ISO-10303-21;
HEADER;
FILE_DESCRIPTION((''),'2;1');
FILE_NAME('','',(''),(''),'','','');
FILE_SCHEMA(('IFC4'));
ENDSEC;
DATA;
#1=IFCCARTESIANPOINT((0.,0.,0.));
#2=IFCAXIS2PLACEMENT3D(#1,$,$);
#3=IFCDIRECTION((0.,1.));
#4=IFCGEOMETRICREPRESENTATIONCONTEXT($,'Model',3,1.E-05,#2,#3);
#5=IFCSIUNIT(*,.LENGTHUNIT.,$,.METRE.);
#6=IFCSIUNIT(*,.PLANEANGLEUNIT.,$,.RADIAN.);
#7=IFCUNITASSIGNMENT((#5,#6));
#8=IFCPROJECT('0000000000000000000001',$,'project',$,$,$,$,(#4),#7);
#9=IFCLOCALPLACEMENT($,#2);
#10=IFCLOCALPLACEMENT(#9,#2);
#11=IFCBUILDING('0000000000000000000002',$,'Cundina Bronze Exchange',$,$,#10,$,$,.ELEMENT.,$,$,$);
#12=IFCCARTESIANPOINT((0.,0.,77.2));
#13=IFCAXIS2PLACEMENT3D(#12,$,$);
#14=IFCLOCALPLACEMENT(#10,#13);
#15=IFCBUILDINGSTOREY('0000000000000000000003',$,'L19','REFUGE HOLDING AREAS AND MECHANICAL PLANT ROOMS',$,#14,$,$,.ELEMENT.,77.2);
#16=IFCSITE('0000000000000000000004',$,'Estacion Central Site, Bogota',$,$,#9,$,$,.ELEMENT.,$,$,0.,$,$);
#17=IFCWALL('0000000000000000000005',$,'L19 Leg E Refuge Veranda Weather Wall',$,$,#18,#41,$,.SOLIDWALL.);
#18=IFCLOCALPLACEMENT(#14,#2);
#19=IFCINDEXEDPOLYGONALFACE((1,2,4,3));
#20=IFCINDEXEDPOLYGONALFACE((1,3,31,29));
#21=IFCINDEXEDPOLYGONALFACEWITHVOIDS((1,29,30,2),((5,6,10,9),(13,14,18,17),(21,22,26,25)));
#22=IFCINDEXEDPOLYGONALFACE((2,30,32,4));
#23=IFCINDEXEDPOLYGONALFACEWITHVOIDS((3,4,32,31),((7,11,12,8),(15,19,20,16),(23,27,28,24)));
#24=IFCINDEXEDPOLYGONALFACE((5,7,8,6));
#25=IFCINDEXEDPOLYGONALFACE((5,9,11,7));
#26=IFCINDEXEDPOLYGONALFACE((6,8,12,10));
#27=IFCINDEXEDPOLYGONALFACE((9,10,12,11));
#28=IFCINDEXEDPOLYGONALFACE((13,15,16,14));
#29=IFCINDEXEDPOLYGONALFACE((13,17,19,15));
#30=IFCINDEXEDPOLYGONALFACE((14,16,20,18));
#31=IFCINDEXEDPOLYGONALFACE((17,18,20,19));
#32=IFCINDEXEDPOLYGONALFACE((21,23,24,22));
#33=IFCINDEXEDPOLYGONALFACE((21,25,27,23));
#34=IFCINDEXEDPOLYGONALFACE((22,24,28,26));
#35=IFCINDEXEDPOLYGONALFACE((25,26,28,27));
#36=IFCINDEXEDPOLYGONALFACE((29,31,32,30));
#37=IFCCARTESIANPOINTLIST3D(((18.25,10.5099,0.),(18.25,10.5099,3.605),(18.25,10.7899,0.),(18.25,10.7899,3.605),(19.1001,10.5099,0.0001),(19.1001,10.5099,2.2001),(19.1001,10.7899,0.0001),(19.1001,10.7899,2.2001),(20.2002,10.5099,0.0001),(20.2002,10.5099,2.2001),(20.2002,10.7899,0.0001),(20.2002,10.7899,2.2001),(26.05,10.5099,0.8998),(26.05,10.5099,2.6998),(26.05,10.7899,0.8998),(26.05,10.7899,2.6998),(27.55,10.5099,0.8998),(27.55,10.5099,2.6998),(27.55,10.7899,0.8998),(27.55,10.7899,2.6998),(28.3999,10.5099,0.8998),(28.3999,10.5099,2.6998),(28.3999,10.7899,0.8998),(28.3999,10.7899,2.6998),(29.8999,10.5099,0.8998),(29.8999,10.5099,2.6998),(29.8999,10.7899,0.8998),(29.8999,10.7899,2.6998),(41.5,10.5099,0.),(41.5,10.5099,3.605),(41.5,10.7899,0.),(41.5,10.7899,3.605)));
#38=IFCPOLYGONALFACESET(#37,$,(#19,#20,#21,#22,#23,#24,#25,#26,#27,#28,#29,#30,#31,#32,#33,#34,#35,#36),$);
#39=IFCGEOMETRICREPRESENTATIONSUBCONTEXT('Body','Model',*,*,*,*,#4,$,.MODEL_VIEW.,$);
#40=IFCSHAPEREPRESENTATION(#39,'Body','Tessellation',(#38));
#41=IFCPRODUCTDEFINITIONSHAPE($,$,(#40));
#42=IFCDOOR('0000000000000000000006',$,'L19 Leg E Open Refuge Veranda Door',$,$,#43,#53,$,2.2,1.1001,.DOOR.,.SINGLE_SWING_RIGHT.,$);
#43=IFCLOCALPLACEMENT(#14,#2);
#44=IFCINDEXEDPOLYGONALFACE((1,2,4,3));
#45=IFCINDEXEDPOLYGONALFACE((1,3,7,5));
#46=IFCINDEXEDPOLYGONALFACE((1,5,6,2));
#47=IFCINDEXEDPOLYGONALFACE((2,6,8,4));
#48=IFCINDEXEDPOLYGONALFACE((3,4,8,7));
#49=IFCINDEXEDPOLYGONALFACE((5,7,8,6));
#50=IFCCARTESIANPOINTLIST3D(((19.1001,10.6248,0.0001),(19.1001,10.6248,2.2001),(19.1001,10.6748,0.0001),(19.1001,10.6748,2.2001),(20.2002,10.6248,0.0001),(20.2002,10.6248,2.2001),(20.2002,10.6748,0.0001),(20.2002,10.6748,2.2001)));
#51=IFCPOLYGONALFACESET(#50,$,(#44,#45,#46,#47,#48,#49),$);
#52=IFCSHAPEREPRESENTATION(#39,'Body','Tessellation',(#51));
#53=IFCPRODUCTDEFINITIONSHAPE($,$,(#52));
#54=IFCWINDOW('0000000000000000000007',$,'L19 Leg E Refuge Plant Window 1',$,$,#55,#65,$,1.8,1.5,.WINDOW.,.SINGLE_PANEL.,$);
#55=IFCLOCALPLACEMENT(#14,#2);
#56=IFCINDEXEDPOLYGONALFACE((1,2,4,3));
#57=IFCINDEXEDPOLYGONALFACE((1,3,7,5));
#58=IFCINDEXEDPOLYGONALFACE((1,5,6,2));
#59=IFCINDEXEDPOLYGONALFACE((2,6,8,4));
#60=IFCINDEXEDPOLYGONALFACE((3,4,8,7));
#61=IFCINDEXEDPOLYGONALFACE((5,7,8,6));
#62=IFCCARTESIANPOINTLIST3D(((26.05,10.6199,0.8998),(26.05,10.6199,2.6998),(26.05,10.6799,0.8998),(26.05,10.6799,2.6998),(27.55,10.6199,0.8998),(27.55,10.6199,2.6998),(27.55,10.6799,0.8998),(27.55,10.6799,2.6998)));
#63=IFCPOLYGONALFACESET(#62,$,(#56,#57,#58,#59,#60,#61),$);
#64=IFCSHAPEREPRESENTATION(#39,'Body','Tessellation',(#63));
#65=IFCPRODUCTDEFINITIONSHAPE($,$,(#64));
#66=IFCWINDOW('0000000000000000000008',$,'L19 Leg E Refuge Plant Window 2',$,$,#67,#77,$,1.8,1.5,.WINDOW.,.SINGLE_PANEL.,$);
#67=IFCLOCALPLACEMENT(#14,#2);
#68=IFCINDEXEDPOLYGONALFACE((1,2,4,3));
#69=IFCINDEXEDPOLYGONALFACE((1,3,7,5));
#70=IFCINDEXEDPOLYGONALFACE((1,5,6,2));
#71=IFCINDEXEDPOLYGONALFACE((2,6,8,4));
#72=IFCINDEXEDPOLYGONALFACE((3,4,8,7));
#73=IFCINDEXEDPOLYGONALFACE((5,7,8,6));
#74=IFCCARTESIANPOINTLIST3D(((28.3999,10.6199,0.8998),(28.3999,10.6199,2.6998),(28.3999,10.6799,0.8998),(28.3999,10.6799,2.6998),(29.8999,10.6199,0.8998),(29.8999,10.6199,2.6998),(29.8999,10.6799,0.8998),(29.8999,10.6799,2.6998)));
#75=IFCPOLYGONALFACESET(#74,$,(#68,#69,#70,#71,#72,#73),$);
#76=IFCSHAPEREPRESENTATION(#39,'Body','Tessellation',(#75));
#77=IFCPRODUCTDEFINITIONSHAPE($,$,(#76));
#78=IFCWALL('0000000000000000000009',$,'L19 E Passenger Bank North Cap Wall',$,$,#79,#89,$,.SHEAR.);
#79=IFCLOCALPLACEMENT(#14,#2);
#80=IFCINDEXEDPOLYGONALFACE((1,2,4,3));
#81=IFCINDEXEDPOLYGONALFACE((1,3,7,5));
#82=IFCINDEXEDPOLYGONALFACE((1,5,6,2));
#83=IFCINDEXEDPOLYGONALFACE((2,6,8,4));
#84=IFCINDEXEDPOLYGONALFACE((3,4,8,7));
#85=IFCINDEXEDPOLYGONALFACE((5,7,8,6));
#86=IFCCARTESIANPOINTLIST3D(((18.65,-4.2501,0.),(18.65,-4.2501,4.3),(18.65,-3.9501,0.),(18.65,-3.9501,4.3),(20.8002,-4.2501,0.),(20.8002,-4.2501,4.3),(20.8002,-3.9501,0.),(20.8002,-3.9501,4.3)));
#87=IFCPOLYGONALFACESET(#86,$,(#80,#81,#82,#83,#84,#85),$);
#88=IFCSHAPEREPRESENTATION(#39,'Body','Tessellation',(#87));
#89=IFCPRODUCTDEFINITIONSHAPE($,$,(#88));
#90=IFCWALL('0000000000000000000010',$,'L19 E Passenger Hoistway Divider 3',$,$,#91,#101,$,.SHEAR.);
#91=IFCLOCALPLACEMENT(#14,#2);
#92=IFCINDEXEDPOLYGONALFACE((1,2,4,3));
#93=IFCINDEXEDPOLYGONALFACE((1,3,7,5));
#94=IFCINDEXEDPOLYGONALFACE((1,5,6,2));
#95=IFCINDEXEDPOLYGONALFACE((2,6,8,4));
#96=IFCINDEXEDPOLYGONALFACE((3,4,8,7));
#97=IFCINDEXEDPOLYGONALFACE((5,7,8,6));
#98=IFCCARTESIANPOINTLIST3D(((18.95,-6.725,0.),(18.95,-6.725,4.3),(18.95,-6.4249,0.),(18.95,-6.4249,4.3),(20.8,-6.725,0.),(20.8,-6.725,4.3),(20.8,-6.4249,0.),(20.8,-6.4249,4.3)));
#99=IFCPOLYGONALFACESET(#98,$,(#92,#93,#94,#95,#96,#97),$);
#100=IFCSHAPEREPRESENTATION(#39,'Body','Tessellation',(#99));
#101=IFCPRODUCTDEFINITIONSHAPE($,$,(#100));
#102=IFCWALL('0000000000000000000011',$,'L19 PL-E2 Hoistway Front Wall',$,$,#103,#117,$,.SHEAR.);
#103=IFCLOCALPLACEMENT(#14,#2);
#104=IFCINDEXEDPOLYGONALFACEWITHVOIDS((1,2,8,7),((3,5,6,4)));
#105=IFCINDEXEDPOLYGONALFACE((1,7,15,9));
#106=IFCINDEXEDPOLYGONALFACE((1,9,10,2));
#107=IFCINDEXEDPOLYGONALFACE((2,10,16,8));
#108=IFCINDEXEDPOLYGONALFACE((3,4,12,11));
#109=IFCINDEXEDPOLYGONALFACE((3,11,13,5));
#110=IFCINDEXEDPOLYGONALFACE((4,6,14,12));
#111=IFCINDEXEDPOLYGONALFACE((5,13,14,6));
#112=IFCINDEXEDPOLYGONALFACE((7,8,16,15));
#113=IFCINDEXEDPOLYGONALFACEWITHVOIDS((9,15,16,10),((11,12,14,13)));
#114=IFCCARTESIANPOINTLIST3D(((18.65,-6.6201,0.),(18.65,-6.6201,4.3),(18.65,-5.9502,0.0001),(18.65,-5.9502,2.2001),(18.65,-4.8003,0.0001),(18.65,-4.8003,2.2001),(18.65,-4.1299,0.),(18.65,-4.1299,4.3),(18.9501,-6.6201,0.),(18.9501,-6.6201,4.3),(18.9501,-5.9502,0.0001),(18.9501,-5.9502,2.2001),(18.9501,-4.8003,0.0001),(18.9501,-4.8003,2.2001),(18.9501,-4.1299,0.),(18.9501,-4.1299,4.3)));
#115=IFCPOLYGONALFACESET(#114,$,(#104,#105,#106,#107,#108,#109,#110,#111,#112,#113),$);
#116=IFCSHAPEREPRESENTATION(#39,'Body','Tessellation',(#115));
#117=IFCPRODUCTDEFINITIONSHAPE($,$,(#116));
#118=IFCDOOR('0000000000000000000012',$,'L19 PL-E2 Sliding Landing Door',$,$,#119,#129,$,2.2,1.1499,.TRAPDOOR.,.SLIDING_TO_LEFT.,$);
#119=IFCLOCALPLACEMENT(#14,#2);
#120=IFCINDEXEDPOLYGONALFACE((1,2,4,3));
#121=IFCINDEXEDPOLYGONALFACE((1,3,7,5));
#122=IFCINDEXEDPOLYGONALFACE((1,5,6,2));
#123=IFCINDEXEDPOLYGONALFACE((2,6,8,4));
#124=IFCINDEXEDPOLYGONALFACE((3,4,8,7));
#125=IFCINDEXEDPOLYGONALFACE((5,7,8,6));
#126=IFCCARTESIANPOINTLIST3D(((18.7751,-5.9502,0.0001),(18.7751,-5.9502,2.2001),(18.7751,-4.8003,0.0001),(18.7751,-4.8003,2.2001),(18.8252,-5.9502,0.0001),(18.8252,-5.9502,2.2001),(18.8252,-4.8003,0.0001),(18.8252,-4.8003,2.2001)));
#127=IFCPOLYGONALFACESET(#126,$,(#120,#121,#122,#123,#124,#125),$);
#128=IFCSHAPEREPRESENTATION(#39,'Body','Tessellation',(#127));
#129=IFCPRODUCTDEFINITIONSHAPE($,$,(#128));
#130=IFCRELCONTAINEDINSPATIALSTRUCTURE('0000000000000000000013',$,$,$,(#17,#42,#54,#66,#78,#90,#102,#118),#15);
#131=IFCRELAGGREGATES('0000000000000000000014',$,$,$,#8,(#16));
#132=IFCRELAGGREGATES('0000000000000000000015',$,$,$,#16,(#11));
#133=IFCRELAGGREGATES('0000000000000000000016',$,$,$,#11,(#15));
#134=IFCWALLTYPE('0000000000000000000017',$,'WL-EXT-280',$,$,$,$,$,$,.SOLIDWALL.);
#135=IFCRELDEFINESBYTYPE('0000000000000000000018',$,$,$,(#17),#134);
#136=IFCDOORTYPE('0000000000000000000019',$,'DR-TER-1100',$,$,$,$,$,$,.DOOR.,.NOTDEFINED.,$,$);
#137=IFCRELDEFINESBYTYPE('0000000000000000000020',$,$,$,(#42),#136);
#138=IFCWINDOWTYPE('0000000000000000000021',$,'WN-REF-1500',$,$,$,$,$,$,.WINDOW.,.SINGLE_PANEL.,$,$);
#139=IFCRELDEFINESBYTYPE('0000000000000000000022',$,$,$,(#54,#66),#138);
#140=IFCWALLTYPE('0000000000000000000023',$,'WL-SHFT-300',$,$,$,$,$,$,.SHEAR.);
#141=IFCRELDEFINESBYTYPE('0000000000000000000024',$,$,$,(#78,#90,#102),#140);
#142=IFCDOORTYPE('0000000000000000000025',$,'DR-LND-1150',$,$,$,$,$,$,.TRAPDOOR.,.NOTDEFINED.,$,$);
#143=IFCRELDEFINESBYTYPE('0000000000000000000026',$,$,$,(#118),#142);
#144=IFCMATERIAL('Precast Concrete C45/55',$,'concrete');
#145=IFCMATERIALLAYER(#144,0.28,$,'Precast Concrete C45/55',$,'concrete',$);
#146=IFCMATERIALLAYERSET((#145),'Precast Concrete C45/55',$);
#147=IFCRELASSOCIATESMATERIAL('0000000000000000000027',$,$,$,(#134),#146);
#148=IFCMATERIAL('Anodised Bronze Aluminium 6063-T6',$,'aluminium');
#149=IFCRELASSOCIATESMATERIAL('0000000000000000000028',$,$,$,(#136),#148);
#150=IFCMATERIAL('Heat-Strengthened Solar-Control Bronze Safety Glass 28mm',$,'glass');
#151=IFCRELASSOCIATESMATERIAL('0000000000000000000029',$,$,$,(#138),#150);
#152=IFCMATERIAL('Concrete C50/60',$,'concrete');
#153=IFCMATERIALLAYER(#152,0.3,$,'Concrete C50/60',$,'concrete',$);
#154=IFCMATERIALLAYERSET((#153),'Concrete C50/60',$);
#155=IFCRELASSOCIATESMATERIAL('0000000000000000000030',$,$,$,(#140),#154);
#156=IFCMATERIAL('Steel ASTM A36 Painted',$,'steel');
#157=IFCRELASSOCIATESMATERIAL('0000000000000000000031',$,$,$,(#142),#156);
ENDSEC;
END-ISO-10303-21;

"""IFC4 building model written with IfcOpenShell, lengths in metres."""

from ifc_helpers import new_model, si_unit, direction, frame, frame_2d, origin, place, context, subcontext, project, spatial, rectangle, extrude, material, layer, layer_set, type_object, element, fill, save


model = new_model("IFC4")

# Units and contexts
model_context = context("Model", 3, precision=1e-05, world=origin(), true_north=direction((0.0, 1.0)))
body_context = subcontext(model_context, "Body", "Model", "MODEL_VIEW")
ifc_project = project(units=[si_unit("LENGTHUNIT", "METRE"), si_unit("PLANEANGLEUNIT", "RADIAN")], contexts=[model_context])

# Site, building, storey
site_placement = place(None, origin())
site = spatial("IfcSite", under=ifc_project, at=site_placement, Name="Estacion Central Site, Bogota", CompositionType="ELEMENT", RefElevation=0.0)
building_placement = place(site_placement, origin())
building = spatial("IfcBuilding", under=site, at=building_placement, Name="Cundina Bronze Exchange", CompositionType="ELEMENT")
storey_placement = place(building_placement, frame((0.0, 0.0, 77.2)))
storey = spatial("IfcBuildingStorey", under=building, at=storey_placement, Name="L19", Description="REFUGE HOLDING AREAS AND MECHANICAL PLANT ROOMS", CompositionType="ELEMENT", Elevation=77.2)

# Shared definitions
ifc_material_1 = material(Name="Steel ASTM A36 Painted", Category="steel")

# Wall, openings, door, windows
ifc_material_2 = material(Name="Precast Concrete C45/55", Category="concrete")
ifc_layer_1 = layer(ifc_material_2, 0.28, Name="Precast Concrete C45/55", Category="concrete")
ifc_layer_set_1 = layer_set([ifc_layer_1], Name="Precast Concrete C45/55")
wall_type_1 = type_object("IfcWallType", Name="WL-EXT-280", PredefinedType="SOLIDWALL", material=ifc_layer_set_1)
wall_1_placement = place(storey_placement, frame((18.25, 10.6499, 0.0), z_axis=(0.0, 0.0, 1.0), x_axis=(1.0, 0.0, 0.0)))
wall_1 = element("IfcWall", 1, at=wall_1_placement, inside=storey, type_object=wall_type_1, Name="L19 Leg E Refuge Veranda Weather Wall", PredefinedType="SOLIDWALL", context=body_context, shape_type="SweptSolid", body=[
    extrude(rectangle(XDim=23.25, YDim=0.28, at=frame_2d((11.625, 0.0))), origin(), (0.0, 0.0, 1.0), 3.605),
])
opening_1_placement = place(wall_1_placement, frame((0.8501, 0.0, 0.0)))
opening_1 = element("IfcOpeningElement", 2, at=opening_1_placement, cuts=wall_1, PredefinedType="OPENING", context=body_context, shape_type="SweptSolid", body=[
    extrude(rectangle(XDim=1.1001, YDim=2.2, at=frame_2d((0.55, 1.1001))), frame((0.0, 0.1499, 0.0), z_axis=(0.0, -1.0, 0.0), x_axis=(1.0, 0.0, 0.0)), (0.0, 0.0, 1.0), 0.3),
])
opening_2_placement = place(wall_1_placement, frame((7.8, 0.0, 0.8999)))
opening_2 = element("IfcOpeningElement", 3, at=opening_2_placement, cuts=wall_1, PredefinedType="OPENING", context=body_context, shape_type="SweptSolid", body=[
    extrude(rectangle(XDim=1.5, YDim=1.8, at=frame_2d((0.75, 0.8999))), frame((0.0, 0.1499, 0.0), z_axis=(0.0, -1.0, 0.0), x_axis=(1.0, 0.0, 0.0)), (0.0, 0.0, 1.0), 0.3),
])
opening_3_placement = place(wall_1_placement, frame((10.1499, 0.0, 0.8999)))
opening_3 = element("IfcOpeningElement", 4, at=opening_3_placement, cuts=wall_1, PredefinedType="OPENING", context=body_context, shape_type="SweptSolid", body=[
    extrude(rectangle(XDim=1.5, YDim=1.8, at=frame_2d((0.75, 0.8999))), frame((0.0, 0.1499, 0.0), z_axis=(0.0, -1.0, 0.0), x_axis=(1.0, 0.0, 0.0)), (0.0, 0.0, 1.0), 0.3),
])
ifc_material_3 = material(Name="Anodised Bronze Aluminium 6063-T6", Category="aluminium")
door_type_1 = type_object("IfcDoorType", Name="DR-TER-1100", OperationType="NOTDEFINED", PredefinedType="DOOR", material=ifc_material_3)
door_1_placement = place(opening_1_placement, origin())
door_1 = element("IfcDoor", 5, at=door_1_placement, inside=storey, type_object=door_type_1, Name="L19 Leg E Open Refuge Veranda Door", OperationType="SINGLE_SWING_RIGHT", OverallHeight=2.2, OverallWidth=1.1001, PredefinedType="DOOR", context=body_context, shape_type="SweptSolid", body=[
    extrude(rectangle(XDim=1.1001, YDim=2.2, at=frame_2d((0.55, 1.1001))), frame((0.0, 0.0249, 0.0), z_axis=(0.0, -1.0, 0.0), x_axis=(1.0, 0.0, 0.0)), (0.0, 0.0, 1.0), 0.05),
])
fill(opening_1, door_1)
ifc_material_4 = material(Name="Heat-Strengthened Solar-Control Bronze Safety Glass 28mm", Category="glass")
window_type = type_object("IfcWindowType", Name="WN-REF-1500", PartitioningType="SINGLE_PANEL", PredefinedType="WINDOW", material=ifc_material_4)
window_1_placement = place(opening_2_placement, origin())
window_1 = element("IfcWindow", 6, at=window_1_placement, inside=storey, type_object=window_type, Name="L19 Leg E Refuge Plant Window 1", OverallHeight=1.8, OverallWidth=1.5, PartitioningType="SINGLE_PANEL", PredefinedType="WINDOW", context=body_context, shape_type="SweptSolid", body=[
    extrude(rectangle(XDim=1.5, YDim=1.8, at=frame_2d((0.75, 0.8999))), frame((0.0, 0.03, 0.0), z_axis=(0.0, -1.0, 0.0), x_axis=(1.0, 0.0, 0.0)), (0.0, 0.0, 1.0), 0.0601),
])
fill(opening_2, window_1)
window_2_placement = place(opening_3_placement, origin())
window_2 = element("IfcWindow", 7, at=window_2_placement, inside=storey, type_object=window_type, Name="L19 Leg E Refuge Plant Window 2", OverallHeight=1.8, OverallWidth=1.5, PartitioningType="SINGLE_PANEL", PredefinedType="WINDOW", context=body_context, shape_type="SweptSolid", body=[
    extrude(rectangle(XDim=1.5, YDim=1.8, at=frame_2d((0.75, 0.8999))), frame((0.0, 0.03, 0.0), z_axis=(0.0, -1.0, 0.0), x_axis=(1.0, 0.0, 0.0)), (0.0, 0.0, 1.0), 0.0601),
])
fill(opening_3, window_2)

# Walls
ifc_material_5 = material(Name="Concrete C50/60", Category="concrete")
ifc_layer_2 = layer(ifc_material_5, 0.3, Name="Concrete C50/60", Category="concrete")
ifc_layer_set_2 = layer_set([ifc_layer_2], Name="Concrete C50/60")
wall_type_2 = type_object("IfcWallType", Name="WL-SHFT-300", PredefinedType="SHEAR", material=ifc_layer_set_2)
wall_2_placement = place(storey_placement, frame((18.6499, -4.1001, 0.0), z_axis=(0.0, 0.0, 1.0), x_axis=(1.0, 0.0, 0.0)))
element("IfcWall", 8, at=wall_2_placement, inside=storey, type_object=wall_type_2, Name="L19 E Passenger Bank North Cap Wall", PredefinedType="SHEAR", context=body_context, shape_type="SweptSolid", body=[
    extrude(rectangle(XDim=2.1501, YDim=0.3, at=frame_2d((1.0752, 0.0))), origin(), (0.0, 0.0, 1.0), 4.3),
])
wall_3_placement = place(storey_placement, frame((18.95, -6.575, 0.0), z_axis=(0.0, 0.0, 1.0), x_axis=(1.0, 0.0, 0.0)))
element("IfcWall", 9, at=wall_3_placement, inside=storey, type_object=wall_type_2, Name="L19 E Passenger Hoistway Divider 3", PredefinedType="SHEAR", context=body_context, shape_type="SweptSolid", body=[
    extrude(rectangle(XDim=1.8501, YDim=0.3, at=frame_2d((0.925, 0.0))), origin(), (0.0, 0.0, 1.0), 4.3),
])

# Wall, opening, door
wall_4_placement = place(storey_placement, frame((18.8, -6.6201, 0.0), z_axis=(0.0, 0.0, 1.0), x_axis=(0.0, 1.0, 0.0)))
wall_4 = element("IfcWall", 10, at=wall_4_placement, inside=storey, type_object=wall_type_2, Name="L19 PL-E2 Hoistway Front Wall", PredefinedType="SHEAR", context=body_context, shape_type="SweptSolid", body=[
    extrude(rectangle(XDim=2.4902, YDim=0.3, at=frame_2d((1.2451, 0.0))), origin(), (0.0, 0.0, 1.0), 4.3),
])
opening_4_placement = place(wall_4_placement, frame((0.6699, 0.0, 0.0)))
opening_4 = element("IfcOpeningElement", 11, at=opening_4_placement, cuts=wall_4, PredefinedType="OPENING", context=body_context, shape_type="SweptSolid", body=[
    extrude(rectangle(XDim=1.1499, YDim=2.2, at=frame_2d((0.575, 1.1001))), frame((0.0, 0.1599, 0.0), z_axis=(0.0, -1.0, 0.0), x_axis=(1.0, 0.0, 0.0)), (0.0, 0.0, 1.0), 0.3201),
])
door_type_2 = type_object("IfcDoorType", Name="DR-LND-1150", OperationType="NOTDEFINED", PredefinedType="TRAPDOOR", material=ifc_material_1)
door_2_placement = place(opening_4_placement, origin())
door_2 = element("IfcDoor", 12, at=door_2_placement, inside=storey, type_object=door_type_2, Name="L19 PL-E2 Sliding Landing Door", OperationType="SLIDING_TO_LEFT", OverallHeight=2.2, OverallWidth=1.1499, PredefinedType="TRAPDOOR", context=body_context, shape_type="SweptSolid", body=[
    extrude(rectangle(XDim=1.1499, YDim=2.2, at=frame_2d((0.575, 1.1001))), frame((0.0, 0.0249, 0.0), z_axis=(0.0, -1.0, 0.0), x_axis=(1.0, 0.0, 0.0)), (0.0, 0.0, 1.0), 0.05),
])
fill(opening_4, door_2)

save(model, "model.ifc")
